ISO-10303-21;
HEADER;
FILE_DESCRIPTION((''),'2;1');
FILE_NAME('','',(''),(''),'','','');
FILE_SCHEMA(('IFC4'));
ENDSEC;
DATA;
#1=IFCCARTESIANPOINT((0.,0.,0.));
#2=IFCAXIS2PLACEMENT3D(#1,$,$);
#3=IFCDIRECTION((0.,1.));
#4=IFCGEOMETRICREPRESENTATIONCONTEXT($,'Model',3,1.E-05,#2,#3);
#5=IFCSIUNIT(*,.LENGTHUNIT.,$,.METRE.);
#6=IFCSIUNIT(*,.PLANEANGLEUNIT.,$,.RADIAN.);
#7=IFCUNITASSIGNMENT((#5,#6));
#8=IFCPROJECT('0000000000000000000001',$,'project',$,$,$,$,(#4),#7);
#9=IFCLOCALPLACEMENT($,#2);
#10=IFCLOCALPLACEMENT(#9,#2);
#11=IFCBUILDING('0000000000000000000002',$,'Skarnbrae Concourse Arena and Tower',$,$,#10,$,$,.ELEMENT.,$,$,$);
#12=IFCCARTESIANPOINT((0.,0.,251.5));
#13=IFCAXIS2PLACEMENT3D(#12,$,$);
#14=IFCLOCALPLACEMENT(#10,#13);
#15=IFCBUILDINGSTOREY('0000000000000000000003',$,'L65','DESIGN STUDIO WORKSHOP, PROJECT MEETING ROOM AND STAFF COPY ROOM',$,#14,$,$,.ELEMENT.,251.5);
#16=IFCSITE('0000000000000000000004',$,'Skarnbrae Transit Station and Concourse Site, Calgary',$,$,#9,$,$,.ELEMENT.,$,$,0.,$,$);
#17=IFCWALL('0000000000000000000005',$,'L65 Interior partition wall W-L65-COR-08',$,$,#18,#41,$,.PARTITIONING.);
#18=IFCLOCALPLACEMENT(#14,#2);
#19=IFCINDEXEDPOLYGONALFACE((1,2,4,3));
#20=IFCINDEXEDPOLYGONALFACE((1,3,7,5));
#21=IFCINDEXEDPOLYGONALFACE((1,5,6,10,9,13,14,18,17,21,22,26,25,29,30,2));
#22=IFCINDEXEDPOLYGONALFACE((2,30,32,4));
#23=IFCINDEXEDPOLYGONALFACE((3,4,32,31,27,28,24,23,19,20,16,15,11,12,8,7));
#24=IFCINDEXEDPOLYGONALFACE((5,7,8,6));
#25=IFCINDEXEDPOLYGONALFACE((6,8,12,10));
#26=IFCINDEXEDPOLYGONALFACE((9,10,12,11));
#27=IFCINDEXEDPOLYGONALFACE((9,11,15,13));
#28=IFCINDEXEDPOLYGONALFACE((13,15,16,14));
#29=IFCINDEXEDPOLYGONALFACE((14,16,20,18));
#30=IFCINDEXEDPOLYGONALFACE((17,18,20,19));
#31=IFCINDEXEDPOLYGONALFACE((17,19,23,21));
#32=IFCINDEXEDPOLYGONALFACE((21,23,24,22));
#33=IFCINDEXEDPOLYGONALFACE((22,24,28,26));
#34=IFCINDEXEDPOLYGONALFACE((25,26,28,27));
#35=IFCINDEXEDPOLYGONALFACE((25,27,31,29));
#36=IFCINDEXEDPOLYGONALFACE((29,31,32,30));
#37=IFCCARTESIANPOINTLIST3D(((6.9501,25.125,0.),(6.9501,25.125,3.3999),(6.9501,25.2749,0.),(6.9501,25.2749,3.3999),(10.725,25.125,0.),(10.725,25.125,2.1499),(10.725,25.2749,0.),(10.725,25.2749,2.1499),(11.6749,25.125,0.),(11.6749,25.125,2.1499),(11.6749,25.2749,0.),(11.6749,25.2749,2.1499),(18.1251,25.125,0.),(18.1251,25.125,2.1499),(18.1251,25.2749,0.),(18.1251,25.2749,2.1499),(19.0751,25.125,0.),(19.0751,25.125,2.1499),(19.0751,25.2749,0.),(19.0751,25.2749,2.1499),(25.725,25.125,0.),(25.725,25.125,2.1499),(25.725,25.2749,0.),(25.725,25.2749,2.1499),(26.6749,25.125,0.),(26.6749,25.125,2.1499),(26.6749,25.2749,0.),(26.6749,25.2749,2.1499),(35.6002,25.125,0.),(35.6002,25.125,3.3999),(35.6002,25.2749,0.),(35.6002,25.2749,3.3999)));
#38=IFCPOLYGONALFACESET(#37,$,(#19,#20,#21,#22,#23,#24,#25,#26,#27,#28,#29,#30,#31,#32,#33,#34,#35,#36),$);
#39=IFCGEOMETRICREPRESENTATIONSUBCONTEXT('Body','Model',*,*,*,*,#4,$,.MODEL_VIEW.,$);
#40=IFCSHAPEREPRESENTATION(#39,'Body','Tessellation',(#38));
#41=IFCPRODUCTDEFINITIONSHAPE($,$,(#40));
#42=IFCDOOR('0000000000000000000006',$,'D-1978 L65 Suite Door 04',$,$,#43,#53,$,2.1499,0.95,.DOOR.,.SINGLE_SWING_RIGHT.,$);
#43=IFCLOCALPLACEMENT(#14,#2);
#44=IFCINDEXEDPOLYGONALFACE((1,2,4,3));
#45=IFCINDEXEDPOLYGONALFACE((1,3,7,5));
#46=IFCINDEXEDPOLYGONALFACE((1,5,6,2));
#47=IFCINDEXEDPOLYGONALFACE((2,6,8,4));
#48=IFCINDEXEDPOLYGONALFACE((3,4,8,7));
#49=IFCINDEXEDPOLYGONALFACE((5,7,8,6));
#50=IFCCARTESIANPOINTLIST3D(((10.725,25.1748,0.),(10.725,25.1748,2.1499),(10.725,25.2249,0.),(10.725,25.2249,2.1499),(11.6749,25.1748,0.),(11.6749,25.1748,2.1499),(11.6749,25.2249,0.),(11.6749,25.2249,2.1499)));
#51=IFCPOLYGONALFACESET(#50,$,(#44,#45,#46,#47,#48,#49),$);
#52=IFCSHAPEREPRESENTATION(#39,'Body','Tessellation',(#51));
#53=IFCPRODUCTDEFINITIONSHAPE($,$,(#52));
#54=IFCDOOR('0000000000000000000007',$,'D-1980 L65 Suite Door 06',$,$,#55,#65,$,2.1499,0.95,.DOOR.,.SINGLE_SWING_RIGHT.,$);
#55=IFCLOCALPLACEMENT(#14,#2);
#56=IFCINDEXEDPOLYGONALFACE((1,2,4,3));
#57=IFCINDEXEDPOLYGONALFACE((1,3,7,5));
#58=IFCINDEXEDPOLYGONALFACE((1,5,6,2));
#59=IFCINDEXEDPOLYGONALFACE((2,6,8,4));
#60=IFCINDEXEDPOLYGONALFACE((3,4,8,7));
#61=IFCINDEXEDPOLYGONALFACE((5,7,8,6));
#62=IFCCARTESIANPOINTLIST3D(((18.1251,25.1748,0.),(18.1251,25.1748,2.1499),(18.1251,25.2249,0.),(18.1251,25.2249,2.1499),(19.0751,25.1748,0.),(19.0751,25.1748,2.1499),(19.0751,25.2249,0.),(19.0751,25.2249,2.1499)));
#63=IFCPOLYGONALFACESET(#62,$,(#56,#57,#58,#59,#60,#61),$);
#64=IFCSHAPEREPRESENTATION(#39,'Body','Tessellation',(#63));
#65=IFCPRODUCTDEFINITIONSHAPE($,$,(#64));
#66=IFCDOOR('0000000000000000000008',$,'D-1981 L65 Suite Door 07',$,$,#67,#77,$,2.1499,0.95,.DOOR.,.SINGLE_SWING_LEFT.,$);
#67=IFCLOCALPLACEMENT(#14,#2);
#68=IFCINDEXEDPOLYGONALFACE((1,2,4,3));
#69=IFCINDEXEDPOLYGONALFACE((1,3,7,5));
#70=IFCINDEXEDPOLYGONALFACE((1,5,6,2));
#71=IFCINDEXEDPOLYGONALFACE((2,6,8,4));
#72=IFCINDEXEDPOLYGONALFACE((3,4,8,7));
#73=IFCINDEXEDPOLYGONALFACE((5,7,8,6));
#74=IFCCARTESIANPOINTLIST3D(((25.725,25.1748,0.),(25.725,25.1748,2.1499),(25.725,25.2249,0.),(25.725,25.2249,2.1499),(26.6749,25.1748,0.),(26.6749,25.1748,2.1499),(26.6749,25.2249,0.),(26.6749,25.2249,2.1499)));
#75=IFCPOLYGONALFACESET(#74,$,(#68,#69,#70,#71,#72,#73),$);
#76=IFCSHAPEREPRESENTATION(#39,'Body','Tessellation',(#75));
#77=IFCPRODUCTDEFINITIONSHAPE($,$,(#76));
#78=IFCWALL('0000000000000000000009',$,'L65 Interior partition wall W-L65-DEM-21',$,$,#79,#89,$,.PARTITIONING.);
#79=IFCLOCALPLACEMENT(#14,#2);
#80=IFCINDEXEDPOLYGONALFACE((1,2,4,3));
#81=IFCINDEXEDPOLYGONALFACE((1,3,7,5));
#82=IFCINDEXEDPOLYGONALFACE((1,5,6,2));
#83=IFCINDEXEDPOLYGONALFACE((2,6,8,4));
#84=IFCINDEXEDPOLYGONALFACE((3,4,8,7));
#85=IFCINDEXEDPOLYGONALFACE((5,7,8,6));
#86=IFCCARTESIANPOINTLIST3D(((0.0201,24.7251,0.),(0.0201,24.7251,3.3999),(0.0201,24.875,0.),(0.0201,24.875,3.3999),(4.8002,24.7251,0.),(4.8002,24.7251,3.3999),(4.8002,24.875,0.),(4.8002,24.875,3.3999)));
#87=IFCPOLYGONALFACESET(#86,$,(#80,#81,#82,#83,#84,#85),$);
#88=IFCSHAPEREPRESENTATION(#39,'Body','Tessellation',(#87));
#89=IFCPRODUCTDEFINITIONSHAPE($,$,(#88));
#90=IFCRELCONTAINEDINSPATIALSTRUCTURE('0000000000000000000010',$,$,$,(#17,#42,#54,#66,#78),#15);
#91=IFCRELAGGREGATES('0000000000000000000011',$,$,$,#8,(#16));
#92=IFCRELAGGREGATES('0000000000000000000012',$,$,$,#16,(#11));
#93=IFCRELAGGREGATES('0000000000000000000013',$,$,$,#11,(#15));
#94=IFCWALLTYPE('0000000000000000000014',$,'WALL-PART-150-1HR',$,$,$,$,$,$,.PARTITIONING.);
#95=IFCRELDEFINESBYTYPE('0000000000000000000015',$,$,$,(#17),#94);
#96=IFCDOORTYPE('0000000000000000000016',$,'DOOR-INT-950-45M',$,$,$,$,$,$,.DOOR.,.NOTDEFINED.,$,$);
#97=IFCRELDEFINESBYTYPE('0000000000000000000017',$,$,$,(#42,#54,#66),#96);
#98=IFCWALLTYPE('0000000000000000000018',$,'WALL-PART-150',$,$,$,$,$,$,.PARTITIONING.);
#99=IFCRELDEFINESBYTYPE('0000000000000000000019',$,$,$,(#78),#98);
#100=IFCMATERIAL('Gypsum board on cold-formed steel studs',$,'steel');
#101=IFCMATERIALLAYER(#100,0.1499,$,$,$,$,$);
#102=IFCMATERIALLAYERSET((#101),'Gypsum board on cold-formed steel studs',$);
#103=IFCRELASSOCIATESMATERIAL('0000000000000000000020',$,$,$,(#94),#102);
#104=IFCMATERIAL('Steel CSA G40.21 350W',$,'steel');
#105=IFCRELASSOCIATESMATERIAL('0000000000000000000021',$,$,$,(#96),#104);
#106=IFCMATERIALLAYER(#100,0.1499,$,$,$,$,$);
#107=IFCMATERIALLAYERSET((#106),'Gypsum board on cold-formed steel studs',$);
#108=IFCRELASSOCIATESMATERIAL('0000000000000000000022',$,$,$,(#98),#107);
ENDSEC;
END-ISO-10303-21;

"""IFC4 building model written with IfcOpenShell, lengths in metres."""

from ifc_helpers import new_model, si_unit, direction, frame, frame_2d, origin, place, context, subcontext, project, spatial, rectangle, extrude, source, transform, mapped, material, layer, layer_set, type_object, element, fill, save


model = new_model("IFC4")

# Units and contexts
model_context = context("Model", 3, precision=1e-05, world=origin(), true_north=direction((0.0, 1.0)))
body_context = subcontext(model_context, "Body", "Model", "MODEL_VIEW")
ifc_project = project(units=[si_unit("LENGTHUNIT", "METRE"), si_unit("PLANEANGLEUNIT", "RADIAN")], contexts=[model_context])

# Site, building, storey
site_placement = place(None, origin())
site = spatial("IfcSite", under=ifc_project, at=site_placement, Name="Skarnbrae Transit Station and Concourse Site, Calgary", CompositionType="ELEMENT", RefElevation=0.0)
building_placement = place(site_placement, origin())
building = spatial("IfcBuilding", under=site, at=building_placement, Name="Skarnbrae Concourse Arena and Tower", CompositionType="ELEMENT")
storey_placement = place(building_placement, frame((0.0, 0.0, 251.5)))
storey = spatial("IfcBuildingStorey", under=building, at=storey_placement, Name="L65", Description="DESIGN STUDIO WORKSHOP, PROJECT MEETING ROOM AND STAFF COPY ROOM", CompositionType="ELEMENT", Elevation=251.5)

# Shared definitions
ifc_material_1 = material(Name="Steel CSA G40.21 350W", Category="steel")

# Shared definitions
ifc_material_2 = material(Name="Gypsum board on cold-formed steel studs", Category="steel")
ifc_layer_1 = layer(ifc_material_2, 0.1499)
ifc_layer_set_1 = layer_set([ifc_layer_1], Name="Gypsum board on cold-formed steel studs")
wall_type_1 = type_object("IfcWallType", Name="WALL-PART-150-1HR", PredefinedType="PARTITIONING", material=ifc_layer_set_1)
door_type = type_object("IfcDoorType", Name="DOOR-INT-950-45M", OperationType="NOTDEFINED", PredefinedType="DOOR", material=ifc_material_1)
shared_shape_1 = source(origin(), body_context, "Body", "SweptSolid", [
    extrude(rectangle(XDim=0.95, YDim=2.1499, at=frame_2d((0.4751, 1.075))), frame((0.0, 0.0249, 0.0), z_axis=(0.0, -1.0, 0.0), x_axis=(1.0, 0.0, 0.0)), (0.0, 0.0, 1.0), 0.05),
])

# Wall, openings, doors
shared_shape_2 = source(origin(), body_context, "Body", "SweptSolid", [
    extrude(rectangle(XDim=28.6501, YDim=0.1499, at=frame_2d((14.3252, 0.0))), origin(), (0.0, 0.0, 1.0), 3.3999),
])
wall_1_placement = place(storey_placement, frame((6.95, 25.2, 0.0), z_axis=(0.0, 0.0, 1.0), x_axis=(1.0, 0.0, 0.0)))
wall_1 = element("IfcWall", 1, at=wall_1_placement, inside=storey, type_object=wall_type_1, Name="L65 Interior partition wall W-L65-COR-08", PredefinedType="PARTITIONING", context=body_context, shape_type="MappedRepresentation", body=[
    mapped(shared_shape_2, transform((0.0, 0.0, 0.0))),
])
opening_1_placement = place(wall_1_placement, frame((3.7749, 0.0, 0.0)))
opening_1 = element("IfcOpeningElement", 2, at=opening_1_placement, cuts=wall_1, PredefinedType="OPENING", context=body_context, shape_type="SweptSolid", body=[
    extrude(rectangle(XDim=0.95, YDim=2.1499, at=frame_2d((0.4751, 1.075))), frame((0.0, 0.085, 0.0), z_axis=(0.0, -1.0, 0.0), x_axis=(1.0, 0.0, 0.0)), (0.0, 0.0, 1.0), 0.1699),
])
opening_2_placement = place(wall_1_placement, frame((11.175, 0.0, 0.0)))
opening_2 = element("IfcOpeningElement", 3, at=opening_2_placement, cuts=wall_1, PredefinedType="OPENING", context=body_context, shape_type="SweptSolid", body=[
    extrude(rectangle(XDim=0.95, YDim=2.1499, at=frame_2d((0.4751, 1.075))), frame((0.0, 0.085, 0.0), z_axis=(0.0, -1.0, 0.0), x_axis=(1.0, 0.0, 0.0)), (0.0, 0.0, 1.0), 0.1699),
])
opening_3_placement = place(wall_1_placement, frame((18.7749, 0.0, 0.0)))
opening_3 = element("IfcOpeningElement", 4, at=opening_3_placement, cuts=wall_1, PredefinedType="OPENING", context=body_context, shape_type="SweptSolid", body=[
    extrude(rectangle(XDim=0.95, YDim=2.1499, at=frame_2d((0.4751, 1.075))), frame((0.0, 0.085, 0.0), z_axis=(0.0, -1.0, 0.0), x_axis=(1.0, 0.0, 0.0)), (0.0, 0.0, 1.0), 0.1699),
])
door_1_placement = place(opening_1_placement, origin())
door_1 = element("IfcDoor", 5, at=door_1_placement, inside=storey, type_object=door_type, Name="D-1978 L65 Suite Door 04", OperationType="SINGLE_SWING_RIGHT", OverallHeight=2.1499, OverallWidth=0.95, PredefinedType="DOOR", context=body_context, shape_type="MappedRepresentation", body=[
    mapped(shared_shape_1, transform((0.0, 0.0, 0.0))),
])
fill(opening_1, door_1)
door_2_placement = place(opening_2_placement, origin())
door_2 = element("IfcDoor", 6, at=door_2_placement, inside=storey, type_object=door_type, Name="D-1980 L65 Suite Door 06", OperationType="SINGLE_SWING_RIGHT", OverallHeight=2.1499, OverallWidth=0.95, PredefinedType="DOOR", context=body_context, shape_type="MappedRepresentation", body=[
    mapped(shared_shape_1, transform((0.0, 0.0, 0.0))),
])
fill(opening_2, door_2)
door_3_placement = place(opening_3_placement, origin())
door_3 = element("IfcDoor", 7, at=door_3_placement, inside=storey, type_object=door_type, Name="D-1981 L65 Suite Door 07", OperationType="SINGLE_SWING_LEFT", OverallHeight=2.1499, OverallWidth=0.95, PredefinedType="DOOR", context=body_context, shape_type="MappedRepresentation", body=[
    mapped(shared_shape_1, transform((0.0, 0.0, 0.0))),
])
fill(opening_3, door_3)

# Wall
ifc_layer_2 = layer(ifc_material_2, 0.1499)
ifc_layer_set_2 = layer_set([ifc_layer_2], Name="Gypsum board on cold-formed steel studs")
wall_type_2 = type_object("IfcWallType", Name="WALL-PART-150", PredefinedType="PARTITIONING", material=ifc_layer_set_2)
shared_shape_3 = source(origin(), body_context, "Body", "SweptSolid", [
    extrude(rectangle(XDim=4.78, YDim=0.1499, at=frame_2d((2.3901, 0.0))), origin(), (0.0, 0.0, 1.0), 3.3999),
])
wall_2_placement = place(storey_placement, frame((0.02, 24.8, 0.0), z_axis=(0.0, 0.0, 1.0), x_axis=(1.0, 0.0, 0.0)))
element("IfcWall", 8, at=wall_2_placement, inside=storey, type_object=wall_type_2, Name="L65 Interior partition wall W-L65-DEM-21", PredefinedType="PARTITIONING", context=body_context, shape_type="MappedRepresentation", body=[
    mapped(shared_shape_3, transform((0.0, 0.0, 0.0))),
])

save(model, "model.ifc")
